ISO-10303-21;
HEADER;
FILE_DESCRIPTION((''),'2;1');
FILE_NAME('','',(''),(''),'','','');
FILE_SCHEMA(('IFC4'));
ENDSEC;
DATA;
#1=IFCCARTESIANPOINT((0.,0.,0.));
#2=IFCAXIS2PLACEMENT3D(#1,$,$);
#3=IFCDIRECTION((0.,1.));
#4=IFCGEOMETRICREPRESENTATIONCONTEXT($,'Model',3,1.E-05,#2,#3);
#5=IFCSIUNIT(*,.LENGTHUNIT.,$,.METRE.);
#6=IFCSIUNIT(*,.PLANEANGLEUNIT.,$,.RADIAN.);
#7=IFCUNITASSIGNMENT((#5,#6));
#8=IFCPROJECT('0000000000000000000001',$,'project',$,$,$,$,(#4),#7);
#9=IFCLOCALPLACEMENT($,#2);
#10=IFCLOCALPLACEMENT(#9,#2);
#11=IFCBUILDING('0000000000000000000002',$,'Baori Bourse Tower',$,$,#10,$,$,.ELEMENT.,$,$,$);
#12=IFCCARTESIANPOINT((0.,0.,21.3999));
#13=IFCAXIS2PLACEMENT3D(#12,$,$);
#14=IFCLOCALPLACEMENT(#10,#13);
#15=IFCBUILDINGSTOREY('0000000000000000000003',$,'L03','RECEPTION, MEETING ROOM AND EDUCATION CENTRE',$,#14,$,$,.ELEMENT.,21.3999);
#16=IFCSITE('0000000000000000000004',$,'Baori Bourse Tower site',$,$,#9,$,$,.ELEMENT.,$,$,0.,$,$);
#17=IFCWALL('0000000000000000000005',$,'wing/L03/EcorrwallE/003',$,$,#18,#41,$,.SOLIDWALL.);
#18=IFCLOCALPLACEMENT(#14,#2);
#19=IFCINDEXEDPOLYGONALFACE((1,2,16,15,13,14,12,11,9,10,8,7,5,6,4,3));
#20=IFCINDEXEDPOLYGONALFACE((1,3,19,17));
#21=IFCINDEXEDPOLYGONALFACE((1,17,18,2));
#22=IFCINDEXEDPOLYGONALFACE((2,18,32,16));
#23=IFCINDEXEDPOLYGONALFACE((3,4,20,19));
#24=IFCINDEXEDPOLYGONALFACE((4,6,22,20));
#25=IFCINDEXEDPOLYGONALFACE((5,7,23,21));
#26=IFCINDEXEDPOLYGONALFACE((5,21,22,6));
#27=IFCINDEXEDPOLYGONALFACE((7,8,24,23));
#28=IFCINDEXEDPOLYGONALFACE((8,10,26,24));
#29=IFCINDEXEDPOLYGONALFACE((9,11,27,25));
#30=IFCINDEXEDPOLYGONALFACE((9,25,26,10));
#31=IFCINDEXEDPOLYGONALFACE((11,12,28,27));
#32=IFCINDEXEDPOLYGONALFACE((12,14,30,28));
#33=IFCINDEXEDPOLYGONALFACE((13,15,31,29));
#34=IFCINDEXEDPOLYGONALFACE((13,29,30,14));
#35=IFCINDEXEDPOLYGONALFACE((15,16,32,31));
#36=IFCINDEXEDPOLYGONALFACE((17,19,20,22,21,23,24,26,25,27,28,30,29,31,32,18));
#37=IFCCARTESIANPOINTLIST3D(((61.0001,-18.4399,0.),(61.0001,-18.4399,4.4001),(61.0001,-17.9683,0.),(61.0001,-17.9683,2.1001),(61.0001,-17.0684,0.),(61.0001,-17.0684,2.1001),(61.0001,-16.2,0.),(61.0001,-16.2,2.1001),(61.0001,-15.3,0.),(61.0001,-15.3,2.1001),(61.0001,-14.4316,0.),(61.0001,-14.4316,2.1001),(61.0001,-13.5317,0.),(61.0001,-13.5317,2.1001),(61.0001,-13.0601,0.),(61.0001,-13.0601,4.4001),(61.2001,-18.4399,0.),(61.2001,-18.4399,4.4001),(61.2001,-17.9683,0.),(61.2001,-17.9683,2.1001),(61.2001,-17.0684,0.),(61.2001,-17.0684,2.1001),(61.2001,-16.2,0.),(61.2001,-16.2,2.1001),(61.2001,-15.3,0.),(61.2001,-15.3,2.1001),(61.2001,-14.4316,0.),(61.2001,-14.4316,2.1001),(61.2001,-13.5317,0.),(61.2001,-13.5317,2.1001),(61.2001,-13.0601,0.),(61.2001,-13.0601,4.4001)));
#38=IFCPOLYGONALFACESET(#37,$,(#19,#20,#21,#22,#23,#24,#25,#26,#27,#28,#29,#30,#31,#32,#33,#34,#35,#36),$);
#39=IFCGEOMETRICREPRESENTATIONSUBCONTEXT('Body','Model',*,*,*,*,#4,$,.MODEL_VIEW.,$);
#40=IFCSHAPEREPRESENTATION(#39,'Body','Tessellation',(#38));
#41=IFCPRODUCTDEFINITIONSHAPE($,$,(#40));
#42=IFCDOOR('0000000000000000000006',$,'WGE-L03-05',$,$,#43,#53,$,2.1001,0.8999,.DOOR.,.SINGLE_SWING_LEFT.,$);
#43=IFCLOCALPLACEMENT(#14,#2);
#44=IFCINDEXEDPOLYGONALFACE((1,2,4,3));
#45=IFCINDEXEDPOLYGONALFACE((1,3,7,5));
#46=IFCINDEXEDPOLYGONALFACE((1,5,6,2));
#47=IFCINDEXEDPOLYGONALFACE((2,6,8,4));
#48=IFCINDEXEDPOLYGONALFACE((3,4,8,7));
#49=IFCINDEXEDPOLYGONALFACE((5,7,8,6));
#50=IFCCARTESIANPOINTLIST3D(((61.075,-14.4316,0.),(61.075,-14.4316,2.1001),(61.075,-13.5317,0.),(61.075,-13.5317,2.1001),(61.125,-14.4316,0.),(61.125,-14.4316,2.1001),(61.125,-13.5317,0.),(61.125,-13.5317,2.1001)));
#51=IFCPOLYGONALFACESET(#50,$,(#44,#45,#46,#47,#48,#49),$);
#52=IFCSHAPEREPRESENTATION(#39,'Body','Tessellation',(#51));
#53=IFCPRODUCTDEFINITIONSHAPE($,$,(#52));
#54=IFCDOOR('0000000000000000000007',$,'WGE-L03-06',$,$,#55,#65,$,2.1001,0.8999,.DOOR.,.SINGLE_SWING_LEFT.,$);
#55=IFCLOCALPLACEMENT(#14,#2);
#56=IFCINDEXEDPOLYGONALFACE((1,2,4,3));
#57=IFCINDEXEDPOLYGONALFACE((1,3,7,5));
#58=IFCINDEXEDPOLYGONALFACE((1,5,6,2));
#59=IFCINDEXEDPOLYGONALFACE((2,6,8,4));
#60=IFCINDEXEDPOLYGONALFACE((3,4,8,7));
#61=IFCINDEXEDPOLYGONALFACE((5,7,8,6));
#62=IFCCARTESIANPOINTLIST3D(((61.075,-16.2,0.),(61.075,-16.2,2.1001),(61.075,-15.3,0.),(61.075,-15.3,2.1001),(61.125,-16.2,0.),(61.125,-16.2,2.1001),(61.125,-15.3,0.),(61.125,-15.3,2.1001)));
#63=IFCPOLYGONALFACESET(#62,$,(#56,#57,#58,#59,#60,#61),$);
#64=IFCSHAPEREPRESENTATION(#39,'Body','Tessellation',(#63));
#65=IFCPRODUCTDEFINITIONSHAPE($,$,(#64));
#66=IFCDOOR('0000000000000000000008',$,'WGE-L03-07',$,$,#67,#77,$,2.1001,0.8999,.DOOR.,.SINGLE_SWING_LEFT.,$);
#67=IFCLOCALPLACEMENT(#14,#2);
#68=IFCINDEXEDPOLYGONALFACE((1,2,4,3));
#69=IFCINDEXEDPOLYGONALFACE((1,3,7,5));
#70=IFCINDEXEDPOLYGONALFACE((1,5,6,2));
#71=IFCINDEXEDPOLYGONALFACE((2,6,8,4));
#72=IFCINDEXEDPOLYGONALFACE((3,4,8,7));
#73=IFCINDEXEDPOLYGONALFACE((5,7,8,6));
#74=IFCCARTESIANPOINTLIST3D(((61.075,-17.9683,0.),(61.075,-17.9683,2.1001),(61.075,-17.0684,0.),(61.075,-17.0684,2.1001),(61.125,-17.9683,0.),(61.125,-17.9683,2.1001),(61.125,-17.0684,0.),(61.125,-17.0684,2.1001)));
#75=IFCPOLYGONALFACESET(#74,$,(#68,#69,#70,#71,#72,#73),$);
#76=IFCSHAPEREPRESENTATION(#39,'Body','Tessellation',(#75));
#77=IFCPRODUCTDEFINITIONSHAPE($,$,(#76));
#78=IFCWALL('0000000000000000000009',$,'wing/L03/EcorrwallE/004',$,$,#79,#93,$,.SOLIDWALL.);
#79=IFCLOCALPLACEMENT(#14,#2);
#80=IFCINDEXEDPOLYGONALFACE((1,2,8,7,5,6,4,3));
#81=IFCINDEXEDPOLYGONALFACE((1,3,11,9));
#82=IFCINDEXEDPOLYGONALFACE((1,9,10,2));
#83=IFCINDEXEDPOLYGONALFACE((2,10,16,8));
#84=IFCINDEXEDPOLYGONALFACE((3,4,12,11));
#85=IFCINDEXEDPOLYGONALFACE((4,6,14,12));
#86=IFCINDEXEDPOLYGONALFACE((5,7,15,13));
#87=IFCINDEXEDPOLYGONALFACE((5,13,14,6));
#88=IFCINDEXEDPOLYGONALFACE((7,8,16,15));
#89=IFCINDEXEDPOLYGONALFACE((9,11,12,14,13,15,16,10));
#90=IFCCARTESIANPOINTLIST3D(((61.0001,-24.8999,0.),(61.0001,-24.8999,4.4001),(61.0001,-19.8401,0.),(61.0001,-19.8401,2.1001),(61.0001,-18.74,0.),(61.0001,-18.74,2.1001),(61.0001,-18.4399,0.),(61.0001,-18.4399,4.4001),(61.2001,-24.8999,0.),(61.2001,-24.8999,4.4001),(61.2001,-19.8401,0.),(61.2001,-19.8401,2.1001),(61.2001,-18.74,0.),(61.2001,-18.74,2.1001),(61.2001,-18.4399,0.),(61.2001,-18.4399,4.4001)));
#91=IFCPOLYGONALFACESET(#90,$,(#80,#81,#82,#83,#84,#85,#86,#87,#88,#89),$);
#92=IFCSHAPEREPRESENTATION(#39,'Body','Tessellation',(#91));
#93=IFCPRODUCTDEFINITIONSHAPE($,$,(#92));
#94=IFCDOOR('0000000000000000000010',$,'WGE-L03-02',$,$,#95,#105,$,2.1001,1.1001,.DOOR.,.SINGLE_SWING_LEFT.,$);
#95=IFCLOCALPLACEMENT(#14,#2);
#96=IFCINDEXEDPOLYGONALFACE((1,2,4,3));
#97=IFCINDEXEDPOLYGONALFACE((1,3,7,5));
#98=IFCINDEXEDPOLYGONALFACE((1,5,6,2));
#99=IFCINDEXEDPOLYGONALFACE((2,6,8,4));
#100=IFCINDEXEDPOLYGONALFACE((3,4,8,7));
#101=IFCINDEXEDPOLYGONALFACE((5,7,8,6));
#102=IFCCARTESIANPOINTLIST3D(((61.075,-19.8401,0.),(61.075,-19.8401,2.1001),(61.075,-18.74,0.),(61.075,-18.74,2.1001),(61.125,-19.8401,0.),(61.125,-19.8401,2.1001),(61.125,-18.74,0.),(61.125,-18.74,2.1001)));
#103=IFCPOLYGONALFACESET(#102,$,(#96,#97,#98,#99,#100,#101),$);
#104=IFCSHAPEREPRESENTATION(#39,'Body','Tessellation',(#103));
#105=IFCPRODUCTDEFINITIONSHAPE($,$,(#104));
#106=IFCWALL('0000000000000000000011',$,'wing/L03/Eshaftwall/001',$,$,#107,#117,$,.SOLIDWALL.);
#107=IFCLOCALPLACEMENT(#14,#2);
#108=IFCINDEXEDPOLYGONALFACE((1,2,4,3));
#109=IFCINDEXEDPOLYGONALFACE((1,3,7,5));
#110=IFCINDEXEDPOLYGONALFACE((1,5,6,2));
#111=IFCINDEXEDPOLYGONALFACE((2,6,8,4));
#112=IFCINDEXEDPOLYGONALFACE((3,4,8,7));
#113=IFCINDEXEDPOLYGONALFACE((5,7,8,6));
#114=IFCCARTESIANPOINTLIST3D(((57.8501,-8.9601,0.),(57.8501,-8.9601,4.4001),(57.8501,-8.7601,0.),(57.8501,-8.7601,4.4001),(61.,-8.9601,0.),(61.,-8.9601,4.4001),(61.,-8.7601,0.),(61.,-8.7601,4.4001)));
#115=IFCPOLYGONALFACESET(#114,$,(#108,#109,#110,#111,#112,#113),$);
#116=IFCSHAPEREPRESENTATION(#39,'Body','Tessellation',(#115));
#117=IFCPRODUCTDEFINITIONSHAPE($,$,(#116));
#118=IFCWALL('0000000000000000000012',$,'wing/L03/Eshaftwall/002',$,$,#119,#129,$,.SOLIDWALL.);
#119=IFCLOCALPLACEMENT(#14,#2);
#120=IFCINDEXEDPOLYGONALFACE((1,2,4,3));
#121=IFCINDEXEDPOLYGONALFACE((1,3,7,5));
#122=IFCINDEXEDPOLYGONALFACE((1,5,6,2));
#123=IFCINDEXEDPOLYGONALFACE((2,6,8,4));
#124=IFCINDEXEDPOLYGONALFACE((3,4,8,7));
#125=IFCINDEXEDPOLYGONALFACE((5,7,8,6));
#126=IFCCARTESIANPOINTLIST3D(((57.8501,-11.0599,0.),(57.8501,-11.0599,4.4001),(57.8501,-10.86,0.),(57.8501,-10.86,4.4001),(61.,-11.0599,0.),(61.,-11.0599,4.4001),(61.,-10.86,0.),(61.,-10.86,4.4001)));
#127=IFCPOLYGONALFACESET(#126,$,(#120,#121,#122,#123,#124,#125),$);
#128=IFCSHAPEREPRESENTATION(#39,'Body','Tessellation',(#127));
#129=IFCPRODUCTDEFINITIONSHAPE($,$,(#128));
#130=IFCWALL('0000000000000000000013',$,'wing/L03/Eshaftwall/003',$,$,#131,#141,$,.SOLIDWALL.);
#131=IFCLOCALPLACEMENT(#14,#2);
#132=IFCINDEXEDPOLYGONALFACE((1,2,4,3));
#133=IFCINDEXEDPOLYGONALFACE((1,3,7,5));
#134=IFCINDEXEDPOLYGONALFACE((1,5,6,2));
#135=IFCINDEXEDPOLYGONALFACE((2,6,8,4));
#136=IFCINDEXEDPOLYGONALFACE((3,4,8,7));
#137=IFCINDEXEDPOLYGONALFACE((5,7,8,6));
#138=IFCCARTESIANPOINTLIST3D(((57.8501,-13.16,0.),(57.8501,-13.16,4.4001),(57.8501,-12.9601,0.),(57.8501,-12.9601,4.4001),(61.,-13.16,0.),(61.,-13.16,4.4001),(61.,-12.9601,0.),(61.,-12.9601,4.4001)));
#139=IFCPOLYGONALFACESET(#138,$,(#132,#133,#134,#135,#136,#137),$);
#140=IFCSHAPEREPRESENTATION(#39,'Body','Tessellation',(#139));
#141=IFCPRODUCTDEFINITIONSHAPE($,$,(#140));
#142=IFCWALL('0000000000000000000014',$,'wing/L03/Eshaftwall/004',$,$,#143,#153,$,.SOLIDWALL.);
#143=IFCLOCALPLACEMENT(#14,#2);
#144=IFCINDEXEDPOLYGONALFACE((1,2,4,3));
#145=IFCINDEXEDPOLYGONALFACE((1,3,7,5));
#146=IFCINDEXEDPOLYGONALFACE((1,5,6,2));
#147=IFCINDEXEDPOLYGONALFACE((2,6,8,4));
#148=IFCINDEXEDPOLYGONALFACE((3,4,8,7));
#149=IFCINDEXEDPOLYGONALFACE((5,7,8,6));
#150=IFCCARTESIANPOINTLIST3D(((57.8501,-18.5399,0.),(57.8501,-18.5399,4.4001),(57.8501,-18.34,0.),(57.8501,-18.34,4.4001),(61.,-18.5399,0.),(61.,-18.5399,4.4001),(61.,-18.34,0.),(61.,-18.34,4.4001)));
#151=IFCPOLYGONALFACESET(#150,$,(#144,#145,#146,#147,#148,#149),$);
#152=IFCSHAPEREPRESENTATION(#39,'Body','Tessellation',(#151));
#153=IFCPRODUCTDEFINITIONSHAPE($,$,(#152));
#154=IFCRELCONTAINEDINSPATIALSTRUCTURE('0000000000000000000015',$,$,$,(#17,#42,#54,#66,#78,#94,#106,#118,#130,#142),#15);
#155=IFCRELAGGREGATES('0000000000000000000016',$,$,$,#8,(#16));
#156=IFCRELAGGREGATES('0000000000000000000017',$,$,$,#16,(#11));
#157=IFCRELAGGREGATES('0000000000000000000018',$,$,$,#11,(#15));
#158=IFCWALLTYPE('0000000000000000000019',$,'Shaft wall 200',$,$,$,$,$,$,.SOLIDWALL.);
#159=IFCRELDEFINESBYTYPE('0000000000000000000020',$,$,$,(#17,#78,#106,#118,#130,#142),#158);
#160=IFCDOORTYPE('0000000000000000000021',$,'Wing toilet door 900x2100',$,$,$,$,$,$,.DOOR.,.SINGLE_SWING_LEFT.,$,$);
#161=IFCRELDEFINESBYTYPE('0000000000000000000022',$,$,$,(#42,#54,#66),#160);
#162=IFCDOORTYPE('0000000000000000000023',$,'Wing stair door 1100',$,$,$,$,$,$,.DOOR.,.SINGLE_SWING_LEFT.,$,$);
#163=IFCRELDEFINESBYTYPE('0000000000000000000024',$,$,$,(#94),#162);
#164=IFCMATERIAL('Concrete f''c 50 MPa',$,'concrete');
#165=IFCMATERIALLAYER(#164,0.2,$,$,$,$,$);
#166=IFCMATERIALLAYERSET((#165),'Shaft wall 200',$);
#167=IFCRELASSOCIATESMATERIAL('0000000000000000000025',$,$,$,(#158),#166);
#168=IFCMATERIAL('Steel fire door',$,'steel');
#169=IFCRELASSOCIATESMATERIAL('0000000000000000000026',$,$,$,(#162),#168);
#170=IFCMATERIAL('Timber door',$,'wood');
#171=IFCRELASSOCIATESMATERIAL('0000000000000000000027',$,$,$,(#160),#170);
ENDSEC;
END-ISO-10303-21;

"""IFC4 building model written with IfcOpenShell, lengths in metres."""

from ifc_helpers import new_model, si_unit, direction, frame, frame_2d, origin, place, context, subcontext, project, spatial, rectangle, extrude, material, layer, layer_set, type_object, element, fill, save


model = new_model("IFC4")

# Units and contexts
model_context = context("Model", 3, precision=1e-05, world=origin(), true_north=direction((0.0, 1.0)))
body_context = subcontext(model_context, "Body", "Model", "MODEL_VIEW")
ifc_project = project(units=[si_unit("LENGTHUNIT", "METRE"), si_unit("PLANEANGLEUNIT", "RADIAN")], contexts=[model_context])

# Site, building, storey
site_placement = place(None, origin())
site = spatial("IfcSite", under=ifc_project, at=site_placement, Name="Baori Bourse Tower site", CompositionType="ELEMENT", RefElevation=0.0)
building_placement = place(site_placement, origin())
building = spatial("IfcBuilding", under=site, at=building_placement, Name="Baori Bourse Tower", CompositionType="ELEMENT")
storey_placement = place(building_placement, frame((0.0, 0.0, 21.3999)))
storey = spatial("IfcBuildingStorey", under=building, at=storey_placement, Name="L03", Description="RECEPTION, MEETING ROOM AND EDUCATION CENTRE", CompositionType="ELEMENT", Elevation=21.3999)

# Shared definitions
ifc_material_1 = material(Name="Concrete f'c 50 MPa", Category="concrete")
ifc_layer_1 = layer(ifc_material_1, 0.2)
ifc_layer_set_1 = layer_set([ifc_layer_1], Name="Shaft wall 200")
wall_type_1 = type_object("IfcWallType", Name="Shaft wall 200", PredefinedType="SOLIDWALL", material=ifc_layer_set_1)
ifc_material_2 = material(Name="Steel fire door", Category="steel")
door_type_1 = type_object("IfcDoorType", Name="Wing stair door 1100", OperationType="SINGLE_SWING_LEFT", PredefinedType="DOOR", material=ifc_material_2)

# Wall, openings, doors
wall_1_placement = place(storey_placement, frame((61.1001, -13.0601, 0.0), z_axis=(0.0, 0.0, 1.0), x_axis=(0.0, -1.0, 0.0)))
wall_1 = element("IfcWall", 1, at=wall_1_placement, inside=storey, type_object=wall_type_1, Name="wing/L03/EcorrwallE/003", PredefinedType="SOLIDWALL", context=body_context, shape_type="SweptSolid", body=[
    extrude(rectangle(XDim=5.3799, YDim=0.2, at=frame_2d((2.6899, 0.0))), origin(), (0.0, 0.0, 1.0), 4.4001),
])
opening_1_placement = place(wall_1_placement, frame((0.4717, 0.0, 0.0)))
opening_1 = element("IfcOpeningElement", 2, at=opening_1_placement, cuts=wall_1, PredefinedType="OPENING", context=body_context, shape_type="SweptSolid", body=[
    extrude(rectangle(XDim=0.8999, YDim=2.1001, at=frame_2d((0.45, 1.05))), frame((0.0, 0.1099, 0.0), z_axis=(0.0, -1.0, 0.0), x_axis=(1.0, 0.0, 0.0)), (0.0, 0.0, 1.0), 0.22),
])
opening_2_placement = place(wall_1_placement, frame((2.24, 0.0, 0.0)))
opening_2 = element("IfcOpeningElement", 3, at=opening_2_placement, cuts=wall_1, PredefinedType="OPENING", context=body_context, shape_type="SweptSolid", body=[
    extrude(rectangle(XDim=0.8999, YDim=2.1001, at=frame_2d((0.45, 1.05))), frame((0.0, 0.1099, 0.0), z_axis=(0.0, -1.0, 0.0), x_axis=(1.0, 0.0, 0.0)), (0.0, 0.0, 1.0), 0.22),
])
opening_3_placement = place(wall_1_placement, frame((4.0083, 0.0, 0.0)))
opening_3 = element("IfcOpeningElement", 4, at=opening_3_placement, cuts=wall_1, PredefinedType="OPENING", context=body_context, shape_type="SweptSolid", body=[
    extrude(rectangle(XDim=0.8999, YDim=2.1001, at=frame_2d((0.45, 1.05))), frame((0.0, 0.1099, 0.0), z_axis=(0.0, -1.0, 0.0), x_axis=(1.0, 0.0, 0.0)), (0.0, 0.0, 1.0), 0.22),
])
ifc_material_3 = material(Name="Timber door", Category="wood")
door_type_2 = type_object("IfcDoorType", Name="Wing toilet door 900x2100", OperationType="SINGLE_SWING_LEFT", PredefinedType="DOOR", material=ifc_material_3)
door_1_placement = place(opening_1_placement, origin())
door_1 = element("IfcDoor", 5, at=door_1_placement, inside=storey, type_object=door_type_2, Name="WGE-L03-05", OperationType="SINGLE_SWING_LEFT", OverallHeight=2.1001, OverallWidth=0.8999, PredefinedType="DOOR", context=body_context, shape_type="SweptSolid", body=[
    extrude(rectangle(XDim=0.8999, YDim=2.1001, at=frame_2d((0.45, 1.05))), frame((0.0, 0.0249, 0.0), z_axis=(0.0, -1.0, 0.0), x_axis=(1.0, 0.0, 0.0)), (0.0, 0.0, 1.0), 0.05),
])
fill(opening_1, door_1)
door_2_placement = place(opening_2_placement, origin())
door_2 = element("IfcDoor", 6, at=door_2_placement, inside=storey, type_object=door_type_2, Name="WGE-L03-06", OperationType="SINGLE_SWING_LEFT", OverallHeight=2.1001, OverallWidth=0.8999, PredefinedType="DOOR", context=body_context, shape_type="SweptSolid", body=[
    extrude(rectangle(XDim=0.8999, YDim=2.1001, at=frame_2d((0.45, 1.05))), frame((0.0, 0.0249, 0.0), z_axis=(0.0, -1.0, 0.0), x_axis=(1.0, 0.0, 0.0)), (0.0, 0.0, 1.0), 0.05),
])
fill(opening_2, door_2)
door_3_placement = place(opening_3_placement, origin())
door_3 = element("IfcDoor", 7, at=door_3_placement, inside=storey, type_object=door_type_2, Name="WGE-L03-07", OperationType="SINGLE_SWING_LEFT", OverallHeight=2.1001, OverallWidth=0.8999, PredefinedType="DOOR", context=body_context, shape_type="SweptSolid", body=[
    extrude(rectangle(XDim=0.8999, YDim=2.1001, at=frame_2d((0.45, 1.05))), frame((0.0, 0.0249, 0.0), z_axis=(0.0, -1.0, 0.0), x_axis=(1.0, 0.0, 0.0)), (0.0, 0.0, 1.0), 0.05),
])
fill(opening_3, door_3)

# Wall, opening, door
wall_2_placement = place(storey_placement, frame((61.1001, -18.4399, 0.0), z_axis=(0.0, 0.0, 1.0), x_axis=(0.0, -1.0, 0.0)))
wall_2 = element("IfcWall", 8, at=wall_2_placement, inside=storey, type_object=wall_type_1, Name="wing/L03/EcorrwallE/004", PredefinedType="SOLIDWALL", context=body_context, shape_type="SweptSolid", body=[
    extrude(rectangle(XDim=6.46, YDim=0.2, at=frame_2d((3.23, 0.0))), origin(), (0.0, 0.0, 1.0), 4.4001),
])
opening_4_placement = place(wall_2_placement, frame((0.3, 0.0, 0.0)))
opening_4 = element("IfcOpeningElement", 9, at=opening_4_placement, cuts=wall_2, PredefinedType="OPENING", context=body_context, shape_type="SweptSolid", body=[
    extrude(rectangle(XDim=1.1001, YDim=2.1001, at=frame_2d((0.55, 1.05))), frame((0.0, 0.1099, 0.0), z_axis=(0.0, -1.0, 0.0), x_axis=(1.0, 0.0, 0.0)), (0.0, 0.0, 1.0), 0.22),
])
door_4_placement = place(opening_4_placement, origin())
door_4 = element("IfcDoor", 10, at=door_4_placement, inside=storey, type_object=door_type_1, Name="WGE-L03-02", OperationType="SINGLE_SWING_LEFT", OverallHeight=2.1001, OverallWidth=1.1001, PredefinedType="DOOR", context=body_context, shape_type="SweptSolid", body=[
    extrude(rectangle(XDim=1.1001, YDim=2.1001, at=frame_2d((0.55, 1.05))), frame((0.0, 0.0249, 0.0), z_axis=(0.0, -1.0, 0.0), x_axis=(1.0, 0.0, 0.0)), (0.0, 0.0, 1.0), 0.05),
])
fill(opening_4, door_4)

# Walls
for number, where, z_axis, x_axis, name in (
    (11, (61.0, -8.8601, 0.0), (0.0, 0.0, 1.0), (-1.0, 0.0, 0.0), "wing/L03/Eshaftwall/001"),
    (12, (61.0, -10.96, 0.0), (0.0, 0.0, 1.0), (-1.0, 0.0, 0.0), "wing/L03/Eshaftwall/002"),
    (13, (61.0, -13.0601, 0.0), (0.0, 0.0, 1.0), (-1.0, 0.0, 0.0), "wing/L03/Eshaftwall/003"),
    (14, (61.0, -18.4399, 0.0), (0.0, 0.0, 1.0), (-1.0, 0.0, 0.0), "wing/L03/Eshaftwall/004"),
):
    element("IfcWall", number, at=place(storey_placement, frame(where, z_axis=z_axis, x_axis=x_axis)), inside=storey, type_object=wall_type_1, Name=name, PredefinedType="SOLIDWALL", context=body_context, shape_type="SweptSolid", body=[
        extrude(rectangle(XDim=3.1499, YDim=0.2, at=frame_2d((1.575, 0.0))), origin(), (0.0, 0.0, 1.0), 4.4001),
    ])

save(model, "model.ifc")
